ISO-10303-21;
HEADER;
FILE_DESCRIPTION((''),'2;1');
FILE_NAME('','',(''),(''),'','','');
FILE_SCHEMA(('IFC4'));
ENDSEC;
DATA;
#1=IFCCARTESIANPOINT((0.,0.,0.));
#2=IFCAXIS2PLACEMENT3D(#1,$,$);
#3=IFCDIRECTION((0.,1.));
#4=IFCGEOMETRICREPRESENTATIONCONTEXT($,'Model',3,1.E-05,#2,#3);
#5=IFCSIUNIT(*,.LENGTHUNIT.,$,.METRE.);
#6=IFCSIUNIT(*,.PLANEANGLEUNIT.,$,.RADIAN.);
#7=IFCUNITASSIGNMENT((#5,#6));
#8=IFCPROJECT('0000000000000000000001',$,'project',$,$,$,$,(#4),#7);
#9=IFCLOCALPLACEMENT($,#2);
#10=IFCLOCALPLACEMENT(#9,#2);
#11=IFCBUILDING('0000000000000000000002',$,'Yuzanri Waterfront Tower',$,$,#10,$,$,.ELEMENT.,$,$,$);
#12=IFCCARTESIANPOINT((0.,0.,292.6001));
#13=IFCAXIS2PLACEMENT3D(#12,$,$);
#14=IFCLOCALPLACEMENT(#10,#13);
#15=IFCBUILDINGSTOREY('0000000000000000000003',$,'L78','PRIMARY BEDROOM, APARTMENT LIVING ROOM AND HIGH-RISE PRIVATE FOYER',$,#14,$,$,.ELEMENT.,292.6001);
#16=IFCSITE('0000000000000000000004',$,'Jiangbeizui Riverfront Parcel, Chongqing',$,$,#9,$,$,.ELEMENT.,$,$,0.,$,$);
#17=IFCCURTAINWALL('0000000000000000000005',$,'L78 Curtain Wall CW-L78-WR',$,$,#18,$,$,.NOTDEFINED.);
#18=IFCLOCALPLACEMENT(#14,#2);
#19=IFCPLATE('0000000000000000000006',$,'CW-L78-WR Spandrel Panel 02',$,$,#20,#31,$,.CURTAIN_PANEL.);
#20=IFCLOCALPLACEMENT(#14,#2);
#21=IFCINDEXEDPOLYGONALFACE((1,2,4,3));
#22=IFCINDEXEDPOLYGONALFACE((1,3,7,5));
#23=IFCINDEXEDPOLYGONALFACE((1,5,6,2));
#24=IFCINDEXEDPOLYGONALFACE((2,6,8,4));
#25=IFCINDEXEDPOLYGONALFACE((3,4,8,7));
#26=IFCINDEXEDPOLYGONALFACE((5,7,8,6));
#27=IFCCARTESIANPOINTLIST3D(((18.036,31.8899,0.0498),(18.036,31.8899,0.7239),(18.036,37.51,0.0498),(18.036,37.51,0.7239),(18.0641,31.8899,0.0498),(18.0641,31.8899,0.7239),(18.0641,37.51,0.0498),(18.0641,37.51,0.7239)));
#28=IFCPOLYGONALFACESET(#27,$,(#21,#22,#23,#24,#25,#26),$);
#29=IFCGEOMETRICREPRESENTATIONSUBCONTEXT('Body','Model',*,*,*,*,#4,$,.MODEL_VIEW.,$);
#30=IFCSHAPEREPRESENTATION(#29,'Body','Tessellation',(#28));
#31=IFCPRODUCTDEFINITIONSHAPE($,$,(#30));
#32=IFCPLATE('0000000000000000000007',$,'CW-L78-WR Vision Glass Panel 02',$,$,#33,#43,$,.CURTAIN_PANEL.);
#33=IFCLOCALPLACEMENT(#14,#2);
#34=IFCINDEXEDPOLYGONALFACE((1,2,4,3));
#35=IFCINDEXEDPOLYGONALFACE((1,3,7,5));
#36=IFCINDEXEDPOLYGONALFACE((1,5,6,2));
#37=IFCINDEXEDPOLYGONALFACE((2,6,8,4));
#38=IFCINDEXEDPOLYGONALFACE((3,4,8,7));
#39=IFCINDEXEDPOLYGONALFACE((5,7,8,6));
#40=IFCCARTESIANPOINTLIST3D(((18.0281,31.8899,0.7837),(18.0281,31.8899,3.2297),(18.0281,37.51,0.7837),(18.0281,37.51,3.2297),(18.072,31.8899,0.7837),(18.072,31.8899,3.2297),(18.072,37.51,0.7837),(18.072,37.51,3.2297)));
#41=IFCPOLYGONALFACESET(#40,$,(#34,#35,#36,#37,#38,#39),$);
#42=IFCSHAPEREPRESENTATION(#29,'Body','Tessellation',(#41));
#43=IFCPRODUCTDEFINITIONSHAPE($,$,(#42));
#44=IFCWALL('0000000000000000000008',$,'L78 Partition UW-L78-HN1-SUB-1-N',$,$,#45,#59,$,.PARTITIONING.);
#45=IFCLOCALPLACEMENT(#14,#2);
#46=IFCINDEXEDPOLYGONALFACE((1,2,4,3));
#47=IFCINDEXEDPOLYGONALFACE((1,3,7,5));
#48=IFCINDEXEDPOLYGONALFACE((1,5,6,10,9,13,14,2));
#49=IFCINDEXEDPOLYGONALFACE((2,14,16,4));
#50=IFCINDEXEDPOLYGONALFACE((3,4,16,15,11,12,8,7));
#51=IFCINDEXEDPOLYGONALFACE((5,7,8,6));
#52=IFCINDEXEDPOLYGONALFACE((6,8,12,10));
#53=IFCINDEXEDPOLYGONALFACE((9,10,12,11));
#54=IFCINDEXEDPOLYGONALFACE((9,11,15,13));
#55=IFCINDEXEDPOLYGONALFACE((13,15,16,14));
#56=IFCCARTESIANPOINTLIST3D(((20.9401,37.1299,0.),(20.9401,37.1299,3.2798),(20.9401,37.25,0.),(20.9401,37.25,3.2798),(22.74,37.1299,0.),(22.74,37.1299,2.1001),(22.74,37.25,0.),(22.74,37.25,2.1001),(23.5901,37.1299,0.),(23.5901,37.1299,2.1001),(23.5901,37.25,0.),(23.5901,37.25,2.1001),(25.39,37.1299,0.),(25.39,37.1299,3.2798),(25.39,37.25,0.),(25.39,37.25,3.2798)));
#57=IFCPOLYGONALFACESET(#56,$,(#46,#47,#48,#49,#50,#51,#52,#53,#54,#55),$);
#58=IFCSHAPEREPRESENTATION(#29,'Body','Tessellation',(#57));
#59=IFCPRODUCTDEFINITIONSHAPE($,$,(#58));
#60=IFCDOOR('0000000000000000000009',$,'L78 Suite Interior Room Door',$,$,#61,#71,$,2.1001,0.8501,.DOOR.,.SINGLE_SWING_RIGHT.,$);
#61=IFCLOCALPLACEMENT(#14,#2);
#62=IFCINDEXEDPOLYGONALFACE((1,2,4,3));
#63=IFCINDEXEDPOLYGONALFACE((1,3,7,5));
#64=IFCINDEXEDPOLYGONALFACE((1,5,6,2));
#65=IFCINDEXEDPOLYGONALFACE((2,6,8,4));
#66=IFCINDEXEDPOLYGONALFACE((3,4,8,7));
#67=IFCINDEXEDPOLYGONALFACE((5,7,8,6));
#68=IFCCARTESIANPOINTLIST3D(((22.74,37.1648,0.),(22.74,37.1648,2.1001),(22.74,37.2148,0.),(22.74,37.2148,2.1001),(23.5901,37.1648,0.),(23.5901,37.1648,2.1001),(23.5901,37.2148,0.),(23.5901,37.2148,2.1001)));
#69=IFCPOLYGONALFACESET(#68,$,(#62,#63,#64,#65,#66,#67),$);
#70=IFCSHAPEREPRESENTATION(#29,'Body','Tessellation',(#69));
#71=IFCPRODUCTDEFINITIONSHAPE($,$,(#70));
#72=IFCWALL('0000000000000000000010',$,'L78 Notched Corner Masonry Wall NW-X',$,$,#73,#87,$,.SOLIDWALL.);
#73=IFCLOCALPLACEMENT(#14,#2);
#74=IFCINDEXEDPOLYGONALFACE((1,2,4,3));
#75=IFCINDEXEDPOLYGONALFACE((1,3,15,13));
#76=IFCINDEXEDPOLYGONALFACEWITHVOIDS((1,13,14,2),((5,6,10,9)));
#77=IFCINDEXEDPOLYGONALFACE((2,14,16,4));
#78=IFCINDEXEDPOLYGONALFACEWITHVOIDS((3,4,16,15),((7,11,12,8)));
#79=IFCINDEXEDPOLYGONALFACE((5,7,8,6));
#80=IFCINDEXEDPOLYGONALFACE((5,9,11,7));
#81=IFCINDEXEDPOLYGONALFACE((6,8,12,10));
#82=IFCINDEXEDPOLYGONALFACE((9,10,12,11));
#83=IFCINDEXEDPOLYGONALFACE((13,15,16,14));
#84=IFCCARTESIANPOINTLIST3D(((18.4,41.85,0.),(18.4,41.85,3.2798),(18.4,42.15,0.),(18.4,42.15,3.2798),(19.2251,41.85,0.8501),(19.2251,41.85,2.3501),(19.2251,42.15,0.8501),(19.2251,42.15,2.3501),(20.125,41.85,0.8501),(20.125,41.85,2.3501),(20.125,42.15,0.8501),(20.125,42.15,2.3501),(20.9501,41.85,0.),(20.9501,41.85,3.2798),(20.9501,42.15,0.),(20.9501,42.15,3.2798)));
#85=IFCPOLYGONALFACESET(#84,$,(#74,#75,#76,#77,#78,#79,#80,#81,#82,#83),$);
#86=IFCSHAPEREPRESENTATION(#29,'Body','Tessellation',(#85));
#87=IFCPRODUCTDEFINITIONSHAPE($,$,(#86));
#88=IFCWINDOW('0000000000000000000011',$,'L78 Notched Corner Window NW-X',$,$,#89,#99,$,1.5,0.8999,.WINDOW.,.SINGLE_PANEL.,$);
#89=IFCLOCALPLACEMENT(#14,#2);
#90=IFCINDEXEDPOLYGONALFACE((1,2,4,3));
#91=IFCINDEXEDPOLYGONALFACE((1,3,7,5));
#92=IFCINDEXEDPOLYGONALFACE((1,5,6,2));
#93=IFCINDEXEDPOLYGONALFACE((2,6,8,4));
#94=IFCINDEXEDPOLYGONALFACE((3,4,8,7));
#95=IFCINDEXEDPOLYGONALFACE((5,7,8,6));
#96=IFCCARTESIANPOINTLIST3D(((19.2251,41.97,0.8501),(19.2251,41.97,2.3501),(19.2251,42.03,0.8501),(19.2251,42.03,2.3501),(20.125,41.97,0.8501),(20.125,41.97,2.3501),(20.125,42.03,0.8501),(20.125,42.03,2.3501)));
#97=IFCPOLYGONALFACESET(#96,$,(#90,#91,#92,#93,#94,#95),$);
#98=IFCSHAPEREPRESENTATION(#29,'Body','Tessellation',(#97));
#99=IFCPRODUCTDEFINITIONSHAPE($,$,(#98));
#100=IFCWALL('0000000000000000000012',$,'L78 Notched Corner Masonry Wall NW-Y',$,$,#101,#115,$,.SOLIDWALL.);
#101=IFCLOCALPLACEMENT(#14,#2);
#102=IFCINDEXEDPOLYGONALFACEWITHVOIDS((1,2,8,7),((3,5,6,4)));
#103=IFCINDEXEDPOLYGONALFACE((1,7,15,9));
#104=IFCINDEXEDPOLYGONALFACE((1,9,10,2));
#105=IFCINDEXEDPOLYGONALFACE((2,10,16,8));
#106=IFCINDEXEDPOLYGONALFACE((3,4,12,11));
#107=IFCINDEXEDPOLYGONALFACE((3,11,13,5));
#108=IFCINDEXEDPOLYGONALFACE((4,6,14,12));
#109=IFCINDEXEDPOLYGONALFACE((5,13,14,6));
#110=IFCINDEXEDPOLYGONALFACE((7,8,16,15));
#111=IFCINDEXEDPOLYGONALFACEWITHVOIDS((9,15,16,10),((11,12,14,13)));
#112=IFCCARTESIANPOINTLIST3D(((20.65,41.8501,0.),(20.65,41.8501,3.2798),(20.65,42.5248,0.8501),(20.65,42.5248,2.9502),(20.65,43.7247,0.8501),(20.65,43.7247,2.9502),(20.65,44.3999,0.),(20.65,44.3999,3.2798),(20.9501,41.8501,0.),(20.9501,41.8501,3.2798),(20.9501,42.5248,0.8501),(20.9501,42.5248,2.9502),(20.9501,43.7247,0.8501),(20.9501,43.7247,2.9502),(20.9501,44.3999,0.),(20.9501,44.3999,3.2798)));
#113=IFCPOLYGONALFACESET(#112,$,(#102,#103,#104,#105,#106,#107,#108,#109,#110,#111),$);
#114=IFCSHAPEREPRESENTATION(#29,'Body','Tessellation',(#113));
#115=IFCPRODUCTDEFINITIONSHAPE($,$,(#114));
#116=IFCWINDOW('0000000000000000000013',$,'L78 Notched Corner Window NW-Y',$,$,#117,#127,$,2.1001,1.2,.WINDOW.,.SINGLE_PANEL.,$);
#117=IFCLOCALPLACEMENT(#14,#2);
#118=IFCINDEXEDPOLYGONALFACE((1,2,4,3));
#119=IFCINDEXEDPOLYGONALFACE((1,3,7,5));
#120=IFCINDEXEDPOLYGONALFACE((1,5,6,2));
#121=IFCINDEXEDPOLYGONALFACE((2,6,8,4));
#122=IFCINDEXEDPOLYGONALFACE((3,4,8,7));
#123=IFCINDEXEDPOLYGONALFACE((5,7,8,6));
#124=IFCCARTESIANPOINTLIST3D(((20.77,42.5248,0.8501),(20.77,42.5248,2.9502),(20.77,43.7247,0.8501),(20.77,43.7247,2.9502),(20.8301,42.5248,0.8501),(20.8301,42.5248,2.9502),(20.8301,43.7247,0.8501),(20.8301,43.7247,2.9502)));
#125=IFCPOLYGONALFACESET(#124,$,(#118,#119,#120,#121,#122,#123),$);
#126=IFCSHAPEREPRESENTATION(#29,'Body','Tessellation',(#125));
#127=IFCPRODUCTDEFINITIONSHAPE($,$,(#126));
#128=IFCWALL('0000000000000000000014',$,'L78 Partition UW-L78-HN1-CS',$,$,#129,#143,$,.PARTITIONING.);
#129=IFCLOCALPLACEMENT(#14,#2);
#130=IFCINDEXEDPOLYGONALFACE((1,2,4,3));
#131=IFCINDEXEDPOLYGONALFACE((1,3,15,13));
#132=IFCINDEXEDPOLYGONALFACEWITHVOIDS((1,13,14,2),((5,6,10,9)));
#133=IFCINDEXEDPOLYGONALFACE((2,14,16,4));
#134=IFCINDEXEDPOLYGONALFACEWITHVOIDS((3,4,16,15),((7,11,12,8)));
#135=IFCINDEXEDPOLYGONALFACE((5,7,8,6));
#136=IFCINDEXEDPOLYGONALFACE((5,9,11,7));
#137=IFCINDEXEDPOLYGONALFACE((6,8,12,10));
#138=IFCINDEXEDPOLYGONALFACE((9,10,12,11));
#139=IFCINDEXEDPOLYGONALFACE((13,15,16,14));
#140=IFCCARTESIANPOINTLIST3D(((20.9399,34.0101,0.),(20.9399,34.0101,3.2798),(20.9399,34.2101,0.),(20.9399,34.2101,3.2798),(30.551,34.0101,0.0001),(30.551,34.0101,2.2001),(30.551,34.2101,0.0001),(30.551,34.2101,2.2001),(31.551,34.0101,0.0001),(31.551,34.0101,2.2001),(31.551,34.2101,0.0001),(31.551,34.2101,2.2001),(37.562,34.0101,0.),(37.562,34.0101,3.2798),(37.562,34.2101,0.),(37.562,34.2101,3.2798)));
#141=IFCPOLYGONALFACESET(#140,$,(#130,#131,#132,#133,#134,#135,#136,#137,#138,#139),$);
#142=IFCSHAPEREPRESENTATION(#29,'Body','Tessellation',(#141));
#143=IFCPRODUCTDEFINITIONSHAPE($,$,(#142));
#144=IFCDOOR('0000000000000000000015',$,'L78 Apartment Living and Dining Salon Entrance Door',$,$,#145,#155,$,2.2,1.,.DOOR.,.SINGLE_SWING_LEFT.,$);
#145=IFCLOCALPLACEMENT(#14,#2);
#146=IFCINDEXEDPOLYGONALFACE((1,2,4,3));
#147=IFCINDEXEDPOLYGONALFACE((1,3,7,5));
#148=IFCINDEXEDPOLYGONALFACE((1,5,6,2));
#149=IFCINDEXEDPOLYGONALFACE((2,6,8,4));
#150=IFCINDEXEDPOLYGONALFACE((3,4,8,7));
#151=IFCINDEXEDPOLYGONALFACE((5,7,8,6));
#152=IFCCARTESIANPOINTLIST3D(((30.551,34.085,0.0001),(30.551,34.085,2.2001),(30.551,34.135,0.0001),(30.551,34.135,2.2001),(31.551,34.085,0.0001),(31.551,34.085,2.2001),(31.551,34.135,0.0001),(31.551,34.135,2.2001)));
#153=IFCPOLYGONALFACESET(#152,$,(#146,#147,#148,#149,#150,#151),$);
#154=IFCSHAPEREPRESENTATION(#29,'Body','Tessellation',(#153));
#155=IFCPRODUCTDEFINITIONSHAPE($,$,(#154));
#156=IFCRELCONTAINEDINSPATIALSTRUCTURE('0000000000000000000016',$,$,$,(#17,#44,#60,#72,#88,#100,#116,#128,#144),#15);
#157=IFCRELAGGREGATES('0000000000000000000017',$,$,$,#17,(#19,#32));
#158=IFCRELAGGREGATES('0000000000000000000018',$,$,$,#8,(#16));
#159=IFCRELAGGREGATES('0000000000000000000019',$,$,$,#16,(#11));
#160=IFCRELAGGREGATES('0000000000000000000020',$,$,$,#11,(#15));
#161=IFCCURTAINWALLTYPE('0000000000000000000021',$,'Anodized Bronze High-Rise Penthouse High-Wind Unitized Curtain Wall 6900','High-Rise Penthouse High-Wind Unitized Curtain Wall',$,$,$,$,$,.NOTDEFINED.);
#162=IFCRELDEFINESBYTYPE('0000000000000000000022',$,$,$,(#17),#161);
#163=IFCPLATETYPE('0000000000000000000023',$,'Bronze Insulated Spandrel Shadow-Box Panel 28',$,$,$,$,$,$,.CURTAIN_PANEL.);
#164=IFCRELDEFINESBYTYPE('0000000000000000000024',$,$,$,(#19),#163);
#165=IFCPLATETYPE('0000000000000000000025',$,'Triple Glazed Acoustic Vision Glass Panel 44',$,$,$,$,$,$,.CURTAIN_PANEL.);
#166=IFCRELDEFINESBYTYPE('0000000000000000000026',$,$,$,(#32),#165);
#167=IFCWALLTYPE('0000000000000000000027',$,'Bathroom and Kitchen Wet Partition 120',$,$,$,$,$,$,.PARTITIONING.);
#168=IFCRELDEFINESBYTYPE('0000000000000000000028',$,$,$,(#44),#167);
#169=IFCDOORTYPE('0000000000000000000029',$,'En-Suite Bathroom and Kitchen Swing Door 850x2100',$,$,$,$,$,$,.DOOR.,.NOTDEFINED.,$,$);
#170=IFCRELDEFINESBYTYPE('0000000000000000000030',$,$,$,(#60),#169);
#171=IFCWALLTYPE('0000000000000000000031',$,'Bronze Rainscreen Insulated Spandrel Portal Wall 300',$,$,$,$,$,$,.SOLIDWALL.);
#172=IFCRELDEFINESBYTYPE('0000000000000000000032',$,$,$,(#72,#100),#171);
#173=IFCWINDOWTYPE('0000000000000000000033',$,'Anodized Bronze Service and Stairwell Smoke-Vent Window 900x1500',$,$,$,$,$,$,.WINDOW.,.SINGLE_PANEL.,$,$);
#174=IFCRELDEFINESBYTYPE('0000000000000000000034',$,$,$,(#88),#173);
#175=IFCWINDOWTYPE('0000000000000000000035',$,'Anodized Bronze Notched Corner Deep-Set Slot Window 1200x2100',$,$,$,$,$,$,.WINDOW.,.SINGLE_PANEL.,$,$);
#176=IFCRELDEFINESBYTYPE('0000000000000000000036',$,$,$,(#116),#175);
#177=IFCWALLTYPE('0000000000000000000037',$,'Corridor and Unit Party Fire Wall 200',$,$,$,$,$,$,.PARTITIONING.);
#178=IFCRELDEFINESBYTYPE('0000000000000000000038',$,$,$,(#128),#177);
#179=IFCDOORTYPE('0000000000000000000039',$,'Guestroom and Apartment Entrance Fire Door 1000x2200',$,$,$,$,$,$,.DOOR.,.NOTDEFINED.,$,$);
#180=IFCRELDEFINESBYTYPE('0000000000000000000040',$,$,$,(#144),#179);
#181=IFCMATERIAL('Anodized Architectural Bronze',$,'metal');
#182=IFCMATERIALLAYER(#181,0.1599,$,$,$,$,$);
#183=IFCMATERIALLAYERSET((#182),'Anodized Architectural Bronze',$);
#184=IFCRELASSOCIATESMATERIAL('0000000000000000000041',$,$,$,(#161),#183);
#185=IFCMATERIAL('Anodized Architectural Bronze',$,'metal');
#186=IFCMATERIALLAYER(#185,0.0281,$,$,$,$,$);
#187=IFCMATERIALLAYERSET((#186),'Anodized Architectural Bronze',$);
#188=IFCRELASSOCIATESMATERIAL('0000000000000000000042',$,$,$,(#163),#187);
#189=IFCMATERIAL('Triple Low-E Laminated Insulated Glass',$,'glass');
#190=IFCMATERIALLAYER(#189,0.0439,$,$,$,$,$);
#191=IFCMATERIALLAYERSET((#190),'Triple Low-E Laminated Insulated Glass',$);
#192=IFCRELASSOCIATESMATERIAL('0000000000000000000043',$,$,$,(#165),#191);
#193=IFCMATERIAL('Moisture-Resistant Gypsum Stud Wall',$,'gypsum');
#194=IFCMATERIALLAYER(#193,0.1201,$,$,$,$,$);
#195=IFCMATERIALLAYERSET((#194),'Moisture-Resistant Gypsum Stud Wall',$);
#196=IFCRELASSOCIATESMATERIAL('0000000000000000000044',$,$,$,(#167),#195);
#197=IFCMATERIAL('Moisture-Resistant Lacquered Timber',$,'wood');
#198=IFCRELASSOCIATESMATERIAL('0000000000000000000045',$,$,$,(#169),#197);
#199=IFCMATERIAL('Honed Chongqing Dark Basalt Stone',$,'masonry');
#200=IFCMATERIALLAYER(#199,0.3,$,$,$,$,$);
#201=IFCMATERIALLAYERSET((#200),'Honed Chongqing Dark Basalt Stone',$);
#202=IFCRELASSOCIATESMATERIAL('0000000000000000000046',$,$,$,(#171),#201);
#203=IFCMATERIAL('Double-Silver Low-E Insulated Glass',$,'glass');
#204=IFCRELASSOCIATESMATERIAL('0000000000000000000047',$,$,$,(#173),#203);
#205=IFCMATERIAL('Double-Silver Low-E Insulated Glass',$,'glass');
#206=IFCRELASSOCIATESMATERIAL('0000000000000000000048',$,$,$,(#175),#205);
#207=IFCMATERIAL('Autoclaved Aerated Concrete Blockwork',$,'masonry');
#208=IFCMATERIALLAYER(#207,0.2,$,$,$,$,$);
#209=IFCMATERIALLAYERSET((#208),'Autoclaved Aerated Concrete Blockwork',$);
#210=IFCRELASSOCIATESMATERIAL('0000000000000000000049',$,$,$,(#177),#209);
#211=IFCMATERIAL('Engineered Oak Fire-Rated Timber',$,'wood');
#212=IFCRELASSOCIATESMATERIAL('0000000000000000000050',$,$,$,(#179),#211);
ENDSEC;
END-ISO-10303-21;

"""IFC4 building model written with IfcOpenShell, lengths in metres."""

from ifc_helpers import new_model, si_unit, direction, frame, frame_2d, origin, origin_2d, place, context, subcontext, project, spatial, rectangle, extrude, source, transform, mapped, material, layer, layer_set, type_object, element, fill, aggregate, save


model = new_model("IFC4")

# Units and contexts
model_context = context("Model", 3, precision=1e-05, world=origin(), true_north=direction((0.0, 1.0)))
body_context = subcontext(model_context, "Body", "Model", "MODEL_VIEW")
ifc_project = project(units=[si_unit("LENGTHUNIT", "METRE"), si_unit("PLANEANGLEUNIT", "RADIAN")], contexts=[model_context])

# Site, building, storey
site_placement = place(None, origin())
site = spatial("IfcSite", under=ifc_project, at=site_placement, Name="Jiangbeizui Riverfront Parcel, Chongqing", CompositionType="ELEMENT", RefElevation=0.0)
building_placement = place(site_placement, origin())
building = spatial("IfcBuilding", under=site, at=building_placement, Name="Yuzanri Waterfront Tower", CompositionType="ELEMENT")
storey_placement = place(building_placement, frame((0.0, 0.0, 292.6001)))
storey = spatial("IfcBuildingStorey", under=building, at=storey_placement, Name="L78", Description="PRIMARY BEDROOM, APARTMENT LIVING ROOM AND HIGH-RISE PRIVATE FOYER", CompositionType="ELEMENT", Elevation=292.6001)

# Curtain wall
ifc_material_1 = material(Name="Anodized Architectural Bronze", Category="metal")
ifc_layer_1 = layer(ifc_material_1, 0.1599)
ifc_layer_set_1 = layer_set([ifc_layer_1], Name="Anodized Architectural Bronze")
curtain_wall_type = type_object("IfcCurtainWallType", Name="Anodized Bronze High-Rise Penthouse High-Wind Unitized Curtain Wall 6900", Description="High-Rise Penthouse High-Wind Unitized Curtain Wall", PredefinedType="NOTDEFINED", material=ifc_layer_set_1)
curtain_wall_placement = place(storey_placement, origin())
curtain_wall = element("IfcCurtainWall", 1, at=curtain_wall_placement, inside=storey, type_object=curtain_wall_type, Name="L78 Curtain Wall CW-L78-WR", PredefinedType="NOTDEFINED")

# Plates
ifc_material_2 = material(Name="Anodized Architectural Bronze", Category="metal")
ifc_layer_2 = layer(ifc_material_2, 0.0281)
ifc_layer_set_2 = layer_set([ifc_layer_2], Name="Anodized Architectural Bronze")
plate_type_1 = type_object("IfcPlateType", Name="Bronze Insulated Spandrel Shadow-Box Panel 28", PredefinedType="CURTAIN_PANEL", material=ifc_layer_set_2)
shared_shape_1 = source(origin(), body_context, "Body", "SweptSolid", [
    extrude(rectangle(XDim=5.6201, YDim=0.0281, at=origin_2d()), origin(), (0.0, 0.0, 1.0), 0.6741),
])
plate_1_placement = place(storey_placement, frame((18.05, 34.7, 0.0498), z_axis=(0.0, 0.0, 1.0), x_axis=(0.0, 1.0, 0.0)))
plate_1 = element("IfcPlate", 2, at=plate_1_placement, type_object=plate_type_1, Name="CW-L78-WR Spandrel Panel 02", PredefinedType="CURTAIN_PANEL", context=body_context, shape_type="MappedRepresentation", body=[
    mapped(shared_shape_1, transform((0.0, 0.0, 0.0), scale=1.0)),
])
ifc_material_3 = material(Name="Triple Low-E Laminated Insulated Glass", Category="glass")
ifc_layer_3 = layer(ifc_material_3, 0.0439)
ifc_layer_set_3 = layer_set([ifc_layer_3], Name="Triple Low-E Laminated Insulated Glass")
plate_type_2 = type_object("IfcPlateType", Name="Triple Glazed Acoustic Vision Glass Panel 44", PredefinedType="CURTAIN_PANEL", material=ifc_layer_set_3)
shared_shape_2 = source(origin(), body_context, "Body", "SweptSolid", [
    extrude(rectangle(XDim=5.6201, YDim=0.0439, at=origin_2d()), origin(), (0.0, 0.0, 1.0), 2.446),
])
plate_2_placement = place(storey_placement, frame((18.05, 34.7, 0.7837), z_axis=(0.0, 0.0, 1.0), x_axis=(0.0, 1.0, 0.0)))
plate_2 = element("IfcPlate", 3, at=plate_2_placement, type_object=plate_type_2, Name="CW-L78-WR Vision Glass Panel 02", PredefinedType="CURTAIN_PANEL", context=body_context, shape_type="MappedRepresentation", body=[
    mapped(shared_shape_2, transform((0.0, 0.0, 0.0), scale=1.0)),
])
aggregate(curtain_wall, [plate_1, plate_2])

# Wall, opening, door
ifc_material_4 = material(Name="Moisture-Resistant Gypsum Stud Wall", Category="gypsum")
ifc_layer_4 = layer(ifc_material_4, 0.1201)
ifc_layer_set_4 = layer_set([ifc_layer_4], Name="Moisture-Resistant Gypsum Stud Wall")
wall_type_1 = type_object("IfcWallType", Name="Bathroom and Kitchen Wet Partition 120", PredefinedType="PARTITIONING", material=ifc_layer_set_4)
wall_1_placement = place(storey_placement, frame((20.9399, 37.1899, 0.0), z_axis=(0.0, 0.0, 1.0), x_axis=(1.0, 0.0, 0.0)))
wall_1 = element("IfcWall", 4, at=wall_1_placement, inside=storey, type_object=wall_type_1, Name="L78 Partition UW-L78-HN1-SUB-1-N", PredefinedType="PARTITIONING", context=body_context, shape_type="SweptSolid", body=[
    extrude(rectangle(XDim=4.45, YDim=0.1201, at=frame_2d((2.2251, 0.0))), origin(), (0.0, 0.0, 1.0), 3.2798),
])
opening_1_placement = place(wall_1_placement, frame((1.8, 0.0, 0.0)))
opening_1 = element("IfcOpeningElement", 5, at=opening_1_placement, cuts=wall_1, PredefinedType="OPENING", context=body_context, shape_type="SweptSolid", body=[
    extrude(rectangle(XDim=0.8501, YDim=2.1001, at=frame_2d((0.425, 1.05))), frame((0.0, 0.075, 0.0), z_axis=(0.0, -1.0, 0.0), x_axis=(1.0, 0.0, 0.0)), (0.0, 0.0, 1.0), 0.1499),
])
ifc_material_5 = material(Name="Moisture-Resistant Lacquered Timber", Category="wood")
door_type_1 = type_object("IfcDoorType", Name="En-Suite Bathroom and Kitchen Swing Door 850x2100", OperationType="NOTDEFINED", PredefinedType="DOOR", material=ifc_material_5)
shared_shape_3 = source(origin(), body_context, "Body", "SweptSolid", [
    extrude(rectangle(XDim=0.8501, YDim=2.1001, at=frame_2d((0.425, 1.05))), frame((0.0, 0.0249, 0.0), z_axis=(0.0, -1.0, 0.0), x_axis=(1.0, 0.0, 0.0)), (0.0, 0.0, 1.0), 0.05),
])
door_1_placement = place(opening_1_placement, origin())
door_1 = element("IfcDoor", 6, at=door_1_placement, inside=storey, type_object=door_type_1, Name="L78 Suite Interior Room Door", OperationType="SINGLE_SWING_RIGHT", OverallHeight=2.1001, OverallWidth=0.8501, PredefinedType="DOOR", context=body_context, shape_type="MappedRepresentation", body=[
    mapped(shared_shape_3, transform((0.0, 0.0, 0.0), scale=1.0)),
])
fill(opening_1, door_1)

# Walls, openings, windows
ifc_material_6 = material(Name="Honed Chongqing Dark Basalt Stone", Category="masonry")
ifc_layer_5 = layer(ifc_material_6, 0.3)
ifc_layer_set_5 = layer_set([ifc_layer_5], Name="Honed Chongqing Dark Basalt Stone")
wall_type_2 = type_object("IfcWallType", Name="Bronze Rainscreen Insulated Spandrel Portal Wall 300", PredefinedType="SOLIDWALL", material=ifc_layer_set_5)
wall_2_placement = place(storey_placement, frame((20.95, 42.0, 0.0), z_axis=(0.0, 0.0, 1.0), x_axis=(-1.0, 0.0, 0.0)))
wall_2 = element("IfcWall", 7, at=wall_2_placement, inside=storey, type_object=wall_type_2, Name="L78 Notched Corner Masonry Wall NW-X", PredefinedType="SOLIDWALL", context=body_context, shape_type="SweptSolid", body=[
    extrude(rectangle(XDim=2.55, YDim=0.3, at=frame_2d((1.2749, 0.0))), origin(), (0.0, 0.0, 1.0), 3.2798),
])
opening_2_placement = place(wall_2_placement, frame((0.825, 0.0, 0.8501)))
opening_2 = element("IfcOpeningElement", 8, at=opening_2_placement, cuts=wall_2, PredefinedType="OPENING", context=body_context, shape_type="SweptSolid", body=[
    extrude(rectangle(XDim=0.8999, YDim=1.5, at=frame_2d((0.45, 0.75))), frame((0.0, 0.165, 0.0), z_axis=(0.0, -1.0, 0.0), x_axis=(1.0, 0.0, 0.0)), (0.0, 0.0, 1.0), 0.3298),
])
ifc_material_7 = material(Name="Double-Silver Low-E Insulated Glass", Category="glass")
window_type_1 = type_object("IfcWindowType", Name="Anodized Bronze Service and Stairwell Smoke-Vent Window 900x1500", PartitioningType="SINGLE_PANEL", PredefinedType="WINDOW", material=ifc_material_7)
shared_shape_4 = source(origin(), body_context, "Body", "SweptSolid", [
    extrude(rectangle(XDim=0.8999, YDim=1.5, at=frame_2d((0.45, 0.75))), frame((0.0, 0.03, 0.0), z_axis=(0.0, -1.0, 0.0), x_axis=(1.0, 0.0, 0.0)), (0.0, 0.0, 1.0), 0.0601),
])
window_1_placement = place(opening_2_placement, origin())
window_1 = element("IfcWindow", 9, at=window_1_placement, inside=storey, type_object=window_type_1, Name="L78 Notched Corner Window NW-X", OverallHeight=1.5, OverallWidth=0.8999, PartitioningType="SINGLE_PANEL", PredefinedType="WINDOW", context=body_context, shape_type="MappedRepresentation", body=[
    mapped(shared_shape_4, transform((0.0, 0.0, 0.0), scale=1.0)),
])
fill(opening_2, window_1)
wall_3_placement = place(storey_placement, frame((20.8, 44.3999, 0.0), z_axis=(0.0, 0.0, 1.0), x_axis=(0.0, -1.0, 0.0)))
wall_3 = element("IfcWall", 10, at=wall_3_placement, inside=storey, type_object=wall_type_2, Name="L78 Notched Corner Masonry Wall NW-Y", PredefinedType="SOLIDWALL", context=body_context, shape_type="SweptSolid", body=[
    extrude(rectangle(XDim=2.5498, YDim=0.3, at=frame_2d((1.2749, 0.0))), origin(), (0.0, 0.0, 1.0), 3.2798),
])
opening_3_placement = place(wall_3_placement, frame((0.675, 0.0, 0.8501)))
opening_3 = element("IfcOpeningElement", 11, at=opening_3_placement, cuts=wall_3, PredefinedType="OPENING", context=body_context, shape_type="SweptSolid", body=[
    extrude(rectangle(XDim=1.2, YDim=2.1001, at=frame_2d((0.6001, 1.05))), frame((0.0, 0.165, 0.0), z_axis=(0.0, -1.0, 0.0), x_axis=(1.0, 0.0, 0.0)), (0.0, 0.0, 1.0), 0.3298),
])
ifc_material_8 = material(Name="Double-Silver Low-E Insulated Glass", Category="glass")
window_type_2 = type_object("IfcWindowType", Name="Anodized Bronze Notched Corner Deep-Set Slot Window 1200x2100", PartitioningType="SINGLE_PANEL", PredefinedType="WINDOW", material=ifc_material_8)
shared_shape_5 = source(origin(), body_context, "Body", "SweptSolid", [
    extrude(rectangle(XDim=1.2, YDim=2.1001, at=frame_2d((0.6001, 1.05))), frame((0.0, 0.03, 0.0), z_axis=(0.0, -1.0, 0.0), x_axis=(1.0, 0.0, 0.0)), (0.0, 0.0, 1.0), 0.0601),
])
window_2_placement = place(opening_3_placement, origin())
window_2 = element("IfcWindow", 12, at=window_2_placement, inside=storey, type_object=window_type_2, Name="L78 Notched Corner Window NW-Y", OverallHeight=2.1001, OverallWidth=1.2, PartitioningType="SINGLE_PANEL", PredefinedType="WINDOW", context=body_context, shape_type="MappedRepresentation", body=[
    mapped(shared_shape_5, transform((0.0, 0.0, 0.0), scale=1.0)),
])
fill(opening_3, window_2)

# Wall, opening, door
ifc_material_9 = material(Name="Autoclaved Aerated Concrete Blockwork", Category="masonry")
ifc_layer_6 = layer(ifc_material_9, 0.2)
ifc_layer_set_6 = layer_set([ifc_layer_6], Name="Autoclaved Aerated Concrete Blockwork")
wall_type_3 = type_object("IfcWallType", Name="Corridor and Unit Party Fire Wall 200", PredefinedType="PARTITIONING", material=ifc_layer_set_6)
wall_4_placement = place(storey_placement, frame((20.9399, 34.1101, 0.0), z_axis=(0.0, 0.0, 1.0), x_axis=(1.0, 0.0, 0.0)))
wall_4 = element("IfcWall", 13, at=wall_4_placement, inside=storey, type_object=wall_type_3, Name="L78 Partition UW-L78-HN1-CS", PredefinedType="PARTITIONING", context=body_context, shape_type="SweptSolid", body=[
    extrude(rectangle(XDim=16.6221, YDim=0.2, at=frame_2d((8.311, 0.0))), origin(), (0.0, 0.0, 1.0), 3.2798),
])
opening_4_placement = place(wall_4_placement, frame((9.6111, 0.0, 0.0)))
opening_4 = element("IfcOpeningElement", 14, at=opening_4_placement, cuts=wall_4, PredefinedType="OPENING", context=body_context, shape_type="SweptSolid", body=[
    extrude(rectangle(XDim=1.0, YDim=2.2, at=frame_2d((0.5, 1.1001))), frame((0.0, 0.1147, 0.0), z_axis=(0.0, -1.0, 0.0), x_axis=(1.0, 0.0, 0.0)), (0.0, 0.0, 1.0), 0.2297),
])
ifc_material_10 = material(Name="Engineered Oak Fire-Rated Timber", Category="wood")
door_type_2 = type_object("IfcDoorType", Name="Guestroom and Apartment Entrance Fire Door 1000x2200", OperationType="NOTDEFINED", PredefinedType="DOOR", material=ifc_material_10)
shared_shape_6 = source(origin(), body_context, "Body", "SweptSolid", [
    extrude(rectangle(XDim=1.0, YDim=2.2, at=frame_2d((0.5, 1.1001))), frame((0.0, 0.0249, 0.0), z_axis=(0.0, -1.0, 0.0), x_axis=(1.0, 0.0, 0.0)), (0.0, 0.0, 1.0), 0.05),
])
door_2_placement = place(opening_4_placement, origin())
door_2 = element("IfcDoor", 15, at=door_2_placement, inside=storey, type_object=door_type_2, Name="L78 Apartment Living and Dining Salon Entrance Door", OperationType="SINGLE_SWING_LEFT", OverallHeight=2.2, OverallWidth=1.0, PredefinedType="DOOR", context=body_context, shape_type="MappedRepresentation", body=[
    mapped(shared_shape_6, transform((0.0, 0.0, 0.0), scale=1.0)),
])
fill(opening_4, door_2)

save(model, "model.ifc")
